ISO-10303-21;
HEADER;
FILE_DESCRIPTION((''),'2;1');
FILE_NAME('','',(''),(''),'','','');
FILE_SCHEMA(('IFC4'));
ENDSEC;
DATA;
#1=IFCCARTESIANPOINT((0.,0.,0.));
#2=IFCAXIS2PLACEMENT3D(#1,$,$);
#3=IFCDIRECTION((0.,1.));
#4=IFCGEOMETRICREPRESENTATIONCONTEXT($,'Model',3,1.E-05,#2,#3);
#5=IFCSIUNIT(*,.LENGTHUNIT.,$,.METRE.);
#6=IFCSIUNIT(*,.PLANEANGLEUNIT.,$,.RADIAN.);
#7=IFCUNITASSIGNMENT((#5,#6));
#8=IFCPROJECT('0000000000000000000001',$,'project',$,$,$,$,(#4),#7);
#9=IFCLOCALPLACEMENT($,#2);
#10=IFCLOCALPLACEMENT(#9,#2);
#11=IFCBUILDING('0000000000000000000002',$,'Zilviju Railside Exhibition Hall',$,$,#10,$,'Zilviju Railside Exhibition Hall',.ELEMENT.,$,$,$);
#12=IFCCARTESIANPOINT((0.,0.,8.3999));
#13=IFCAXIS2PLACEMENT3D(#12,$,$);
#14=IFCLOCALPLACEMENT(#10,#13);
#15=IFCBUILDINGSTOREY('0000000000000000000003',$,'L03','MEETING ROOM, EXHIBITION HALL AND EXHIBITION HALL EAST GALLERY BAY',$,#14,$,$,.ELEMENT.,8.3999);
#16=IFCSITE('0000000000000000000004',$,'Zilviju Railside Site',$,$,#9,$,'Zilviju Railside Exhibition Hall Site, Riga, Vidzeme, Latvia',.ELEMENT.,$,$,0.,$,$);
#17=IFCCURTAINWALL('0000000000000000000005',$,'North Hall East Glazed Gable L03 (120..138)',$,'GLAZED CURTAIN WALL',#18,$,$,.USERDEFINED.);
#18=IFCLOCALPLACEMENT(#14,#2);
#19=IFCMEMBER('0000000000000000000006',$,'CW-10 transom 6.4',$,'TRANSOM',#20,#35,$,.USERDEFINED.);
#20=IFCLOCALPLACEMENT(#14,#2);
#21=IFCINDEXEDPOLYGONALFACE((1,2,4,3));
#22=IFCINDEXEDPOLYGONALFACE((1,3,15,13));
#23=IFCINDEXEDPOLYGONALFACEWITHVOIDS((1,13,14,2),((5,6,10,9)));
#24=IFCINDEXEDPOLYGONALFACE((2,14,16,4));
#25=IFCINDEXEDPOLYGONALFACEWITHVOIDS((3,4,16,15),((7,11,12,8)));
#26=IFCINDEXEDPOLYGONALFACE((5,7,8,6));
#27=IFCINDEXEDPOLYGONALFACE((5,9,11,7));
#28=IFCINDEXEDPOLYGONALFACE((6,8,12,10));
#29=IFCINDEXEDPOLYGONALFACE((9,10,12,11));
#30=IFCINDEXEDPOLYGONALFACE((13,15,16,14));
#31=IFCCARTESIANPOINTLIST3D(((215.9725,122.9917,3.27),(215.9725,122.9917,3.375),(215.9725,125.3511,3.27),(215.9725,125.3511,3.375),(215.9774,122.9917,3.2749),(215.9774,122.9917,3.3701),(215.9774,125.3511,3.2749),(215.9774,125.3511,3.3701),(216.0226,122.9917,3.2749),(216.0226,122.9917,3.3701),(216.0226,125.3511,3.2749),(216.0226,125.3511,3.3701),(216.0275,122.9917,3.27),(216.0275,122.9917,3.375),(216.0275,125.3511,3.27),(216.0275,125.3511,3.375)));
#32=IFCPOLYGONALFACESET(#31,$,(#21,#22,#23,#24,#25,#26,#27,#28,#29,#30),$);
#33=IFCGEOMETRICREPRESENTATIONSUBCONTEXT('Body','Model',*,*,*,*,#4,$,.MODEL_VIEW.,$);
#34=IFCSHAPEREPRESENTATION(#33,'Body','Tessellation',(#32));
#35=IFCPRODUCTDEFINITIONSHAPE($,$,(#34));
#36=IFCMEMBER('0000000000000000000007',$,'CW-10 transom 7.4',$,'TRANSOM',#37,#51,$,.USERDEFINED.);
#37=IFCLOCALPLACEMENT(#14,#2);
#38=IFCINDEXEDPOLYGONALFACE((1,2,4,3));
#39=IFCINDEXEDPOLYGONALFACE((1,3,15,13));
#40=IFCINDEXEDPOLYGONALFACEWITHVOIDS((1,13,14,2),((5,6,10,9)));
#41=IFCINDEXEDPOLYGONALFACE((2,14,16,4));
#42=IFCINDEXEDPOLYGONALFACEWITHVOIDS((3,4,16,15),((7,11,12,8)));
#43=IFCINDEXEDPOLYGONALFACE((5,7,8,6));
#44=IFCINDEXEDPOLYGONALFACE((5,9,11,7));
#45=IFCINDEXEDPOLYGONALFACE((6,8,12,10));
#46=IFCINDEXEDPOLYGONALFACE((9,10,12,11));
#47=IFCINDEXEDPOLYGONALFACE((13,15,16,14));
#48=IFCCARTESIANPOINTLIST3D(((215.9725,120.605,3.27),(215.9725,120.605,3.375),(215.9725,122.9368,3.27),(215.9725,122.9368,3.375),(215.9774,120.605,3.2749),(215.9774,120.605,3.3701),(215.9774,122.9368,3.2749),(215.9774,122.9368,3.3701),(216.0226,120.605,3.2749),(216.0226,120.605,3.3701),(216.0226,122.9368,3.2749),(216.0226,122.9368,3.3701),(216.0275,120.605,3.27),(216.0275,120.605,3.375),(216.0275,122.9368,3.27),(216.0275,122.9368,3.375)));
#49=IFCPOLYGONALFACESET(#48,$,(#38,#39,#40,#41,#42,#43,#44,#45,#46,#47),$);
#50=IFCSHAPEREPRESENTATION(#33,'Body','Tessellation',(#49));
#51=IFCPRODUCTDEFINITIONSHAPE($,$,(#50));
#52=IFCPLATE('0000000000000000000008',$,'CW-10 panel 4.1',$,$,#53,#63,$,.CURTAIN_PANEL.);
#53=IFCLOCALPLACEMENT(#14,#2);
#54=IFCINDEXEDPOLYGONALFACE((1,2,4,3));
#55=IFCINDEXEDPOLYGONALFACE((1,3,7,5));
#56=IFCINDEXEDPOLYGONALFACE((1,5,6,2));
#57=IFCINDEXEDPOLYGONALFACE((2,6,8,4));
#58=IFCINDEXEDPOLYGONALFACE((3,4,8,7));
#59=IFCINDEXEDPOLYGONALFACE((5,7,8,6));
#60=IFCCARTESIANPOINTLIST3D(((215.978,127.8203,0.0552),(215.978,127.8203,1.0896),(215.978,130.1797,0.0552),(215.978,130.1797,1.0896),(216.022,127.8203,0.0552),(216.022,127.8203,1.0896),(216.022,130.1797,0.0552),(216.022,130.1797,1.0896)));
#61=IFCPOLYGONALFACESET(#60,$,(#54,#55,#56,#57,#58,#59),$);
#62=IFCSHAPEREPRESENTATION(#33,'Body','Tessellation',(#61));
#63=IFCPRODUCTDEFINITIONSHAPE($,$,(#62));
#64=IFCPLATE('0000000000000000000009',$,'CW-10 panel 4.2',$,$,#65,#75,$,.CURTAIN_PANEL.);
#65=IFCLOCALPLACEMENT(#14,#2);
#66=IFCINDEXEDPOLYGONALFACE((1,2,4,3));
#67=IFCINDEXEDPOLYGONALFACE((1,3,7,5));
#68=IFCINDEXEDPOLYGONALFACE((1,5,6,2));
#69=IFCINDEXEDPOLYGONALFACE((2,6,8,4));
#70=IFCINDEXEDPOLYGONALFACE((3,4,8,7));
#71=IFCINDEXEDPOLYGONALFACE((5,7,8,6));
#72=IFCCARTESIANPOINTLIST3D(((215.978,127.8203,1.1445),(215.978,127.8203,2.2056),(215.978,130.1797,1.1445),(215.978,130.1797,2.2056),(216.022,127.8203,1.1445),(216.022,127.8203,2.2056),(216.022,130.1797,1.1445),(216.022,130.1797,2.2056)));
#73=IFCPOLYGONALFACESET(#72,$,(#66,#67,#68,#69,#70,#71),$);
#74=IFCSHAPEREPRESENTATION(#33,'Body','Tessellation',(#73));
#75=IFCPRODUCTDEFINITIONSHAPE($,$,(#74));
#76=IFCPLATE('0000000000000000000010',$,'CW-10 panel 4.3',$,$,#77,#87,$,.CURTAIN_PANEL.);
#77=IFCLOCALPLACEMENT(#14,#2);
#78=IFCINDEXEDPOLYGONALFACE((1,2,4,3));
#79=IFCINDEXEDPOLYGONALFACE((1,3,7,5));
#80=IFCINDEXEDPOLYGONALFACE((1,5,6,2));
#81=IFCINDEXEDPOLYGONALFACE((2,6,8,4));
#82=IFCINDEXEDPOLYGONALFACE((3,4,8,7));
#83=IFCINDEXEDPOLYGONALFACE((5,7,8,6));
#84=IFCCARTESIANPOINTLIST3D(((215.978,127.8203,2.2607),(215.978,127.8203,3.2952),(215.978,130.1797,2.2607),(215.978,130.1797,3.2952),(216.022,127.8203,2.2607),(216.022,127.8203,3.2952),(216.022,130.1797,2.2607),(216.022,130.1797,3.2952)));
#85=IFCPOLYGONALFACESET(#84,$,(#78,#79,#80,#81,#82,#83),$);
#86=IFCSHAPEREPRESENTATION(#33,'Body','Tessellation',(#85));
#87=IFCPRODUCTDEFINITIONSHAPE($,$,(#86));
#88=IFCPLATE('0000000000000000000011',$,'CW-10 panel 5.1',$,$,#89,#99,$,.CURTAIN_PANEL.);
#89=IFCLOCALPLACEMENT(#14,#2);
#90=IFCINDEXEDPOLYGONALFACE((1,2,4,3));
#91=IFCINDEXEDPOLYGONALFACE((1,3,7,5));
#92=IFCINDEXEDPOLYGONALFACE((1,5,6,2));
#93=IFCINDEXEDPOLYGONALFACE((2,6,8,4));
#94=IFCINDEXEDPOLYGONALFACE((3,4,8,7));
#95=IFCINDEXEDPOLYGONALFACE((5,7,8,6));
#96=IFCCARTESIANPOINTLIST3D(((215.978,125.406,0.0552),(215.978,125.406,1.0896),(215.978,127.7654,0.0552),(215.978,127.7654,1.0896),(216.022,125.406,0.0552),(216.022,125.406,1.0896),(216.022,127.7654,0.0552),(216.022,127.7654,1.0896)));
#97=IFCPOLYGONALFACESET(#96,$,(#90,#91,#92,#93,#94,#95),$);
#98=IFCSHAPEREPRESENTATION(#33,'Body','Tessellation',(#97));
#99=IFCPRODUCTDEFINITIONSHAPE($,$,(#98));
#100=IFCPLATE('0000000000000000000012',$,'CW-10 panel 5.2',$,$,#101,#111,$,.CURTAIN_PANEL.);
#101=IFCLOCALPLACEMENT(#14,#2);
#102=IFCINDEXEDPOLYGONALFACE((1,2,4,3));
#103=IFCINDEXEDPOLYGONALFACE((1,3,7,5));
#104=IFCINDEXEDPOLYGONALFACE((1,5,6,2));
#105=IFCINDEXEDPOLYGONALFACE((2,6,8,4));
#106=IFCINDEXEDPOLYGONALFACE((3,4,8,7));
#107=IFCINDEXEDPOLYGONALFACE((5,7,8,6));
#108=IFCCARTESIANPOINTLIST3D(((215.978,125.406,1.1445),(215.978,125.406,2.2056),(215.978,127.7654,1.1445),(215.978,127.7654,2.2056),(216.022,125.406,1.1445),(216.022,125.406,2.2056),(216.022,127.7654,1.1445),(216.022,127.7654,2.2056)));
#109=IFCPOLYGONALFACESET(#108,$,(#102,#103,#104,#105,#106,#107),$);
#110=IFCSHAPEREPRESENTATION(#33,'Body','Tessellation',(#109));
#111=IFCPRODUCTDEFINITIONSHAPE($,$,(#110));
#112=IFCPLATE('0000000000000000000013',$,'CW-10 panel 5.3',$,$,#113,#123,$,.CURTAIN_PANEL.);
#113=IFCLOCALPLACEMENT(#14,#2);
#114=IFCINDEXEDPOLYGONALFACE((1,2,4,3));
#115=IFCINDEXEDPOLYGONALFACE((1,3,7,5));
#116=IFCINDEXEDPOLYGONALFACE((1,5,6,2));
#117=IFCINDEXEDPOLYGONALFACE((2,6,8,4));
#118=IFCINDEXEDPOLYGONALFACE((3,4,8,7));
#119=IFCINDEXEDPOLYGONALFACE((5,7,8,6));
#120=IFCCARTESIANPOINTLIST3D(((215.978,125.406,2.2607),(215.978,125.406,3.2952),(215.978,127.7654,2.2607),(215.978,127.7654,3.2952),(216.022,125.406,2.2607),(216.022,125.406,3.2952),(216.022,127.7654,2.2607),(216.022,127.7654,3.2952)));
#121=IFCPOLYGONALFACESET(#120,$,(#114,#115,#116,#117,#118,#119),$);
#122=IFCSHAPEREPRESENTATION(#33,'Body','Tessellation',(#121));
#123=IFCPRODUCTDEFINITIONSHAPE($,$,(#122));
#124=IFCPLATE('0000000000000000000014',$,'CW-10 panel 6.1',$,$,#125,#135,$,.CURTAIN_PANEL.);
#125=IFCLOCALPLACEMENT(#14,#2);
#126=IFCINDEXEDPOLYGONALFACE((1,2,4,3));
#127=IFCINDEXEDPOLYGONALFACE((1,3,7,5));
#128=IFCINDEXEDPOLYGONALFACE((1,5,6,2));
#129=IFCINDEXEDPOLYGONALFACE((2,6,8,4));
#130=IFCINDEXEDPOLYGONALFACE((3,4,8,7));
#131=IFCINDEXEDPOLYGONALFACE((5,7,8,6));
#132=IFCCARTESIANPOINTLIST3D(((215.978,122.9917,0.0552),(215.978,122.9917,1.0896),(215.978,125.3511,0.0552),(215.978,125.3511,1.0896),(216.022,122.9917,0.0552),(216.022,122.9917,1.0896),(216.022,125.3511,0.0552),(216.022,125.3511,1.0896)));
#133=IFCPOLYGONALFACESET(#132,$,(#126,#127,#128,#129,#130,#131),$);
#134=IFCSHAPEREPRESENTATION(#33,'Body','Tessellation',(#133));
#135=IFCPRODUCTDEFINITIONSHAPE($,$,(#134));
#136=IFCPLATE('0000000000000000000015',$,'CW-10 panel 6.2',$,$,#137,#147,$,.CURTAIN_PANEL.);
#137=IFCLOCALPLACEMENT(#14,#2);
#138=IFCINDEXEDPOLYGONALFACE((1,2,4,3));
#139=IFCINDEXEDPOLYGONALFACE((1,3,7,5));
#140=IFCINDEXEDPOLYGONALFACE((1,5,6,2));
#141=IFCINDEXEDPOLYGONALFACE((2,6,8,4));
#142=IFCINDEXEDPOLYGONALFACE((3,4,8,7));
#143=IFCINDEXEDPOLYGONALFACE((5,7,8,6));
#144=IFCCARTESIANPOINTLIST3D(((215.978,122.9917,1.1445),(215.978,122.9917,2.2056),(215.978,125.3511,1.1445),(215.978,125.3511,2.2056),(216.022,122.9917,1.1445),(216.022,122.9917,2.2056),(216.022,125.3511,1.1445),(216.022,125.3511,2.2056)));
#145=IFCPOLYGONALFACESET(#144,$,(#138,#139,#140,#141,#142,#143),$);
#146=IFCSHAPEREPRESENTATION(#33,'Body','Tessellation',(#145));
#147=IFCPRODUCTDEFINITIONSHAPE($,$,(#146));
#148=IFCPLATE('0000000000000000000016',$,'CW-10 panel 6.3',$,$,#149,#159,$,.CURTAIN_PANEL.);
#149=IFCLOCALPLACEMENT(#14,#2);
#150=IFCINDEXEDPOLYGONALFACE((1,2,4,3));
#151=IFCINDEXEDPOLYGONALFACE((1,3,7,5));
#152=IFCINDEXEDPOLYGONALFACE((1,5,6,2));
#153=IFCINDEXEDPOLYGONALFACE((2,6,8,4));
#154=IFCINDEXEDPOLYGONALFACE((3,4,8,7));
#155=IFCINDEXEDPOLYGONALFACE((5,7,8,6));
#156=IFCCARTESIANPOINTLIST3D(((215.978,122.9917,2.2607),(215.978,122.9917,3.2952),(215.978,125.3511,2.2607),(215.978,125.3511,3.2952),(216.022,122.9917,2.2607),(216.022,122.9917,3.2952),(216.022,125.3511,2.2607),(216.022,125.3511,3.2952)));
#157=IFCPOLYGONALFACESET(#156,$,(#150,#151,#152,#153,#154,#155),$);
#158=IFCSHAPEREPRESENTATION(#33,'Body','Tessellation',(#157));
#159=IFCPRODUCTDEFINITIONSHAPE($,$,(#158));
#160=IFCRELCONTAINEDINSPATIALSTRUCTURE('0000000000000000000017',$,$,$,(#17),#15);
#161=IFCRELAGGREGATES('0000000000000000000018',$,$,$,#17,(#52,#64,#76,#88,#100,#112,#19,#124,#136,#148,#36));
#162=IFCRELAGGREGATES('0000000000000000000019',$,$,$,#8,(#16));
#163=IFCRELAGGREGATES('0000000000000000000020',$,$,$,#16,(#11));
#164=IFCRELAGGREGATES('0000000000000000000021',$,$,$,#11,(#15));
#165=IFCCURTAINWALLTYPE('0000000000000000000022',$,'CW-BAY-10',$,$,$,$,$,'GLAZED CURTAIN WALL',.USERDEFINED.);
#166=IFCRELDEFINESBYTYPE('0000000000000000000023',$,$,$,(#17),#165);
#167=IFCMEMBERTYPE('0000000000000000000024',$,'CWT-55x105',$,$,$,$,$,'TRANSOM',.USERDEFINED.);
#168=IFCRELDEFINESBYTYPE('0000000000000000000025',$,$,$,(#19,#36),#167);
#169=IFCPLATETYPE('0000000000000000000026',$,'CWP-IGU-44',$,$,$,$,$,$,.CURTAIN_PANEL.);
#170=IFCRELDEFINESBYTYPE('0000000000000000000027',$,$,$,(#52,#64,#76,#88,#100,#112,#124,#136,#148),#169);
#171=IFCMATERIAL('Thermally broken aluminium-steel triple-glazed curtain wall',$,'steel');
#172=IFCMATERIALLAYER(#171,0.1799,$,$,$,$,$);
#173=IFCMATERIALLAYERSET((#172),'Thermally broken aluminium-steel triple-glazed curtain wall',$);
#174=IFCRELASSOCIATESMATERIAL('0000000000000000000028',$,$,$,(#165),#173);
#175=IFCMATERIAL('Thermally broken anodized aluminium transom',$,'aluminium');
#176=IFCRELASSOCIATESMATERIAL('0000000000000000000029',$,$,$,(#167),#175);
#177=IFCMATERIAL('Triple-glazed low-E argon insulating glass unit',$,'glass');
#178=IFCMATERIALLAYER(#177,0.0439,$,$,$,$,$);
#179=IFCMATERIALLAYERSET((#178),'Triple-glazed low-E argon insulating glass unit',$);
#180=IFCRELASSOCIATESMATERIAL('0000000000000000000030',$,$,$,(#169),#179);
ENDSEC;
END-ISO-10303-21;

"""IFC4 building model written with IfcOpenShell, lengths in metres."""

from ifc_helpers import new_model, si_unit, direction, frame, origin, origin_2d, place, context, subcontext, project, spatial, rectangle, hollow_rectangle, extrude, material, layer, layer_set, material_profile, profile_set, type_object, element, aggregate, save


model = new_model("IFC4")

# Units and contexts
model_context = context("Model", 3, precision=1e-05, world=origin(), true_north=direction((0.0, 1.0)))
body_context = subcontext(model_context, "Body", "Model", "MODEL_VIEW")
ifc_project = project(units=[si_unit("LENGTHUNIT", "METRE"), si_unit("PLANEANGLEUNIT", "RADIAN")], contexts=[model_context])

# Site, building, storey
site_placement = place(None, origin())
site = spatial("IfcSite", under=ifc_project, at=site_placement, Name="Zilviju Railside Site", LongName="Zilviju Railside Exhibition Hall Site, Riga, Vidzeme, Latvia", CompositionType="ELEMENT", RefElevation=0.0)
building_placement = place(site_placement, origin())
building = spatial("IfcBuilding", under=site, at=building_placement, Name="Zilviju Railside Exhibition Hall", LongName="Zilviju Railside Exhibition Hall", CompositionType="ELEMENT")
storey_placement = place(building_placement, frame((0.0, 0.0, 8.3999)))
storey = spatial("IfcBuildingStorey", under=building, at=storey_placement, Name="L03", Description="MEETING ROOM, EXHIBITION HALL AND EXHIBITION HALL EAST GALLERY BAY", CompositionType="ELEMENT", Elevation=8.3999)

# Curtain wall, members, plates
ifc_material_1 = material(Name="Thermally broken aluminium-steel triple-glazed curtain wall", Category="steel")
ifc_layer_1 = layer(ifc_material_1, 0.1799)
ifc_layer_set_1 = layer_set([ifc_layer_1], Name="Thermally broken aluminium-steel triple-glazed curtain wall")
curtain_wall_type = type_object("IfcCurtainWallType", Name="CW-BAY-10", ElementType="GLAZED CURTAIN WALL", PredefinedType="USERDEFINED", material=ifc_layer_set_1)
curtain_wall_placement = place(storey_placement, origin())
curtain_wall = element("IfcCurtainWall", 1, at=curtain_wall_placement, inside=storey, type_object=curtain_wall_type, Name="North Hall East Glazed Gable L03 (120..138)", ObjectType="GLAZED CURTAIN WALL", PredefinedType="USERDEFINED")
ifc_material_2 = material(Name="Thermally broken anodized aluminium transom", Category="aluminium")
ifc_material_profile_1 = material_profile(ifc_material_2, hollow_rectangle(XDim=0.0549, YDim=0.105, WallThickness=0.0049, at=origin_2d()), Name="TRANSOM 105x55x5")
ifc_profile_set_1 = profile_set([ifc_material_profile_1], Name="Thermally broken anodized aluminium transom")
member_type_1 = type_object("IfcMemberType", Name="CWT-55x105", ElementType="TRANSOM", PredefinedType="USERDEFINED", material=ifc_profile_set_1)
member_1_placement = place(storey_placement, frame((216.0, 125.3511, 3.3225), z_axis=(0.0, -1.0, 0.0), x_axis=(1.0, 0.0, 0.0)))
member_1 = element("IfcMember", 2, at=member_1_placement, type_object=member_type_1, Name="CW-10 transom 6.4", ObjectType="TRANSOM", PredefinedType="USERDEFINED", context=body_context, shape_type="SweptSolid", body=[
    extrude(hollow_rectangle(XDim=0.0549, YDim=0.105, WallThickness=0.0049, at=origin_2d()), origin(), (0.0, 0.0, 1.0), 2.3594),
])
member_2_placement = place(storey_placement, frame((216.0, 122.9368, 3.3225), z_axis=(0.0, -1.0, 0.0), x_axis=(1.0, 0.0, 0.0)))
member_2 = element("IfcMember", 3, at=member_2_placement, type_object=member_type_1, Name="CW-10 transom 7.4", ObjectType="TRANSOM", PredefinedType="USERDEFINED", context=body_context, shape_type="SweptSolid", body=[
    extrude(hollow_rectangle(XDim=0.0549, YDim=0.105, WallThickness=0.0049, at=origin_2d()), origin(), (0.0, 0.0, 1.0), 2.3318),
])
ifc_material_3 = material(Name="Triple-glazed low-E argon insulating glass unit", Category="glass")
ifc_layer_2 = layer(ifc_material_3, 0.0439)
ifc_layer_set_2 = layer_set([ifc_layer_2], Name="Triple-glazed low-E argon insulating glass unit")
plate_type = type_object("IfcPlateType", Name="CWP-IGU-44", PredefinedType="CURTAIN_PANEL", material=ifc_layer_set_2)
plate_1_placement = place(storey_placement, frame((216.0, 129.0, 0.0552), z_axis=(0.0, 0.0, 1.0), x_axis=(0.0, -1.0, 0.0)))
plate_1 = element("IfcPlate", 4, at=plate_1_placement, type_object=plate_type, Name="CW-10 panel 4.1", PredefinedType="CURTAIN_PANEL", context=body_context, shape_type="SweptSolid", body=[
    extrude(rectangle(XDim=2.3594, YDim=0.0439, at=origin_2d()), origin(), (0.0, 0.0, 1.0), 1.0344),
])
plate_2_placement = place(storey_placement, frame((216.0, 129.0, 1.1445), z_axis=(0.0, 0.0, 1.0), x_axis=(0.0, -1.0, 0.0)))
plate_2 = element("IfcPlate", 5, at=plate_2_placement, type_object=plate_type, Name="CW-10 panel 4.2", PredefinedType="CURTAIN_PANEL", context=body_context, shape_type="SweptSolid", body=[
    extrude(rectangle(XDim=2.3594, YDim=0.0439, at=origin_2d()), origin(), (0.0, 0.0, 1.0), 1.061),
])
plate_3_placement = place(storey_placement, frame((216.0, 129.0, 2.2607), z_axis=(0.0, 0.0, 1.0), x_axis=(0.0, -1.0, 0.0)))
plate_3 = element("IfcPlate", 6, at=plate_3_placement, type_object=plate_type, Name="CW-10 panel 4.3", PredefinedType="CURTAIN_PANEL", context=body_context, shape_type="SweptSolid", body=[
    extrude(rectangle(XDim=2.3594, YDim=0.0439, at=origin_2d()), origin(), (0.0, 0.0, 1.0), 1.0344),
])
plate_4_placement = place(storey_placement, frame((216.0, 126.5857, 0.0552), z_axis=(0.0, 0.0, 1.0), x_axis=(0.0, -1.0, 0.0)))
plate_4 = element("IfcPlate", 7, at=plate_4_placement, type_object=plate_type, Name="CW-10 panel 5.1", PredefinedType="CURTAIN_PANEL", context=body_context, shape_type="SweptSolid", body=[
    extrude(rectangle(XDim=2.3594, YDim=0.0439, at=origin_2d()), origin(), (0.0, 0.0, 1.0), 1.0344),
])
plate_5_placement = place(storey_placement, frame((216.0, 126.5857, 1.1445), z_axis=(0.0, 0.0, 1.0), x_axis=(0.0, -1.0, 0.0)))
plate_5 = element("IfcPlate", 8, at=plate_5_placement, type_object=plate_type, Name="CW-10 panel 5.2", PredefinedType="CURTAIN_PANEL", context=body_context, shape_type="SweptSolid", body=[
    extrude(rectangle(XDim=2.3594, YDim=0.0439, at=origin_2d()), origin(), (0.0, 0.0, 1.0), 1.061),
])
plate_6_placement = place(storey_placement, frame((216.0, 126.5857, 2.2607), z_axis=(0.0, 0.0, 1.0), x_axis=(0.0, -1.0, 0.0)))
plate_6 = element("IfcPlate", 9, at=plate_6_placement, type_object=plate_type, Name="CW-10 panel 5.3", PredefinedType="CURTAIN_PANEL", context=body_context, shape_type="SweptSolid", body=[
    extrude(rectangle(XDim=2.3594, YDim=0.0439, at=origin_2d()), origin(), (0.0, 0.0, 1.0), 1.0344),
])
plate_7_placement = place(storey_placement, frame((216.0, 124.1714, 0.0552), z_axis=(0.0, 0.0, 1.0), x_axis=(0.0, -1.0, 0.0)))
plate_7 = element("IfcPlate", 10, at=plate_7_placement, type_object=plate_type, Name="CW-10 panel 6.1", PredefinedType="CURTAIN_PANEL", context=body_context, shape_type="SweptSolid", body=[
    extrude(rectangle(XDim=2.3594, YDim=0.0439, at=origin_2d()), origin(), (0.0, 0.0, 1.0), 1.0344),
])
plate_8_placement = place(storey_placement, frame((216.0, 124.1714, 1.1445), z_axis=(0.0, 0.0, 1.0), x_axis=(0.0, -1.0, 0.0)))
plate_8 = element("IfcPlate", 11, at=plate_8_placement, type_object=plate_type, Name="CW-10 panel 6.2", PredefinedType="CURTAIN_PANEL", context=body_context, shape_type="SweptSolid", body=[
    extrude(rectangle(XDim=2.3594, YDim=0.0439, at=origin_2d()), origin(), (0.0, 0.0, 1.0), 1.061),
])
plate_9_placement = place(storey_placement, frame((216.0, 124.1714, 2.2607), z_axis=(0.0, 0.0, 1.0), x_axis=(0.0, -1.0, 0.0)))
plate_9 = element("IfcPlate", 12, at=plate_9_placement, type_object=plate_type, Name="CW-10 panel 6.3", PredefinedType="CURTAIN_PANEL", context=body_context, shape_type="SweptSolid", body=[
    extrude(rectangle(XDim=2.3594, YDim=0.0439, at=origin_2d()), origin(), (0.0, 0.0, 1.0), 1.0344),
])
aggregate(curtain_wall, [plate_1, plate_2, plate_3, plate_4, plate_5, plate_6, member_1, plate_7, plate_8, plate_9, member_2])

save(model, "model.ifc")
